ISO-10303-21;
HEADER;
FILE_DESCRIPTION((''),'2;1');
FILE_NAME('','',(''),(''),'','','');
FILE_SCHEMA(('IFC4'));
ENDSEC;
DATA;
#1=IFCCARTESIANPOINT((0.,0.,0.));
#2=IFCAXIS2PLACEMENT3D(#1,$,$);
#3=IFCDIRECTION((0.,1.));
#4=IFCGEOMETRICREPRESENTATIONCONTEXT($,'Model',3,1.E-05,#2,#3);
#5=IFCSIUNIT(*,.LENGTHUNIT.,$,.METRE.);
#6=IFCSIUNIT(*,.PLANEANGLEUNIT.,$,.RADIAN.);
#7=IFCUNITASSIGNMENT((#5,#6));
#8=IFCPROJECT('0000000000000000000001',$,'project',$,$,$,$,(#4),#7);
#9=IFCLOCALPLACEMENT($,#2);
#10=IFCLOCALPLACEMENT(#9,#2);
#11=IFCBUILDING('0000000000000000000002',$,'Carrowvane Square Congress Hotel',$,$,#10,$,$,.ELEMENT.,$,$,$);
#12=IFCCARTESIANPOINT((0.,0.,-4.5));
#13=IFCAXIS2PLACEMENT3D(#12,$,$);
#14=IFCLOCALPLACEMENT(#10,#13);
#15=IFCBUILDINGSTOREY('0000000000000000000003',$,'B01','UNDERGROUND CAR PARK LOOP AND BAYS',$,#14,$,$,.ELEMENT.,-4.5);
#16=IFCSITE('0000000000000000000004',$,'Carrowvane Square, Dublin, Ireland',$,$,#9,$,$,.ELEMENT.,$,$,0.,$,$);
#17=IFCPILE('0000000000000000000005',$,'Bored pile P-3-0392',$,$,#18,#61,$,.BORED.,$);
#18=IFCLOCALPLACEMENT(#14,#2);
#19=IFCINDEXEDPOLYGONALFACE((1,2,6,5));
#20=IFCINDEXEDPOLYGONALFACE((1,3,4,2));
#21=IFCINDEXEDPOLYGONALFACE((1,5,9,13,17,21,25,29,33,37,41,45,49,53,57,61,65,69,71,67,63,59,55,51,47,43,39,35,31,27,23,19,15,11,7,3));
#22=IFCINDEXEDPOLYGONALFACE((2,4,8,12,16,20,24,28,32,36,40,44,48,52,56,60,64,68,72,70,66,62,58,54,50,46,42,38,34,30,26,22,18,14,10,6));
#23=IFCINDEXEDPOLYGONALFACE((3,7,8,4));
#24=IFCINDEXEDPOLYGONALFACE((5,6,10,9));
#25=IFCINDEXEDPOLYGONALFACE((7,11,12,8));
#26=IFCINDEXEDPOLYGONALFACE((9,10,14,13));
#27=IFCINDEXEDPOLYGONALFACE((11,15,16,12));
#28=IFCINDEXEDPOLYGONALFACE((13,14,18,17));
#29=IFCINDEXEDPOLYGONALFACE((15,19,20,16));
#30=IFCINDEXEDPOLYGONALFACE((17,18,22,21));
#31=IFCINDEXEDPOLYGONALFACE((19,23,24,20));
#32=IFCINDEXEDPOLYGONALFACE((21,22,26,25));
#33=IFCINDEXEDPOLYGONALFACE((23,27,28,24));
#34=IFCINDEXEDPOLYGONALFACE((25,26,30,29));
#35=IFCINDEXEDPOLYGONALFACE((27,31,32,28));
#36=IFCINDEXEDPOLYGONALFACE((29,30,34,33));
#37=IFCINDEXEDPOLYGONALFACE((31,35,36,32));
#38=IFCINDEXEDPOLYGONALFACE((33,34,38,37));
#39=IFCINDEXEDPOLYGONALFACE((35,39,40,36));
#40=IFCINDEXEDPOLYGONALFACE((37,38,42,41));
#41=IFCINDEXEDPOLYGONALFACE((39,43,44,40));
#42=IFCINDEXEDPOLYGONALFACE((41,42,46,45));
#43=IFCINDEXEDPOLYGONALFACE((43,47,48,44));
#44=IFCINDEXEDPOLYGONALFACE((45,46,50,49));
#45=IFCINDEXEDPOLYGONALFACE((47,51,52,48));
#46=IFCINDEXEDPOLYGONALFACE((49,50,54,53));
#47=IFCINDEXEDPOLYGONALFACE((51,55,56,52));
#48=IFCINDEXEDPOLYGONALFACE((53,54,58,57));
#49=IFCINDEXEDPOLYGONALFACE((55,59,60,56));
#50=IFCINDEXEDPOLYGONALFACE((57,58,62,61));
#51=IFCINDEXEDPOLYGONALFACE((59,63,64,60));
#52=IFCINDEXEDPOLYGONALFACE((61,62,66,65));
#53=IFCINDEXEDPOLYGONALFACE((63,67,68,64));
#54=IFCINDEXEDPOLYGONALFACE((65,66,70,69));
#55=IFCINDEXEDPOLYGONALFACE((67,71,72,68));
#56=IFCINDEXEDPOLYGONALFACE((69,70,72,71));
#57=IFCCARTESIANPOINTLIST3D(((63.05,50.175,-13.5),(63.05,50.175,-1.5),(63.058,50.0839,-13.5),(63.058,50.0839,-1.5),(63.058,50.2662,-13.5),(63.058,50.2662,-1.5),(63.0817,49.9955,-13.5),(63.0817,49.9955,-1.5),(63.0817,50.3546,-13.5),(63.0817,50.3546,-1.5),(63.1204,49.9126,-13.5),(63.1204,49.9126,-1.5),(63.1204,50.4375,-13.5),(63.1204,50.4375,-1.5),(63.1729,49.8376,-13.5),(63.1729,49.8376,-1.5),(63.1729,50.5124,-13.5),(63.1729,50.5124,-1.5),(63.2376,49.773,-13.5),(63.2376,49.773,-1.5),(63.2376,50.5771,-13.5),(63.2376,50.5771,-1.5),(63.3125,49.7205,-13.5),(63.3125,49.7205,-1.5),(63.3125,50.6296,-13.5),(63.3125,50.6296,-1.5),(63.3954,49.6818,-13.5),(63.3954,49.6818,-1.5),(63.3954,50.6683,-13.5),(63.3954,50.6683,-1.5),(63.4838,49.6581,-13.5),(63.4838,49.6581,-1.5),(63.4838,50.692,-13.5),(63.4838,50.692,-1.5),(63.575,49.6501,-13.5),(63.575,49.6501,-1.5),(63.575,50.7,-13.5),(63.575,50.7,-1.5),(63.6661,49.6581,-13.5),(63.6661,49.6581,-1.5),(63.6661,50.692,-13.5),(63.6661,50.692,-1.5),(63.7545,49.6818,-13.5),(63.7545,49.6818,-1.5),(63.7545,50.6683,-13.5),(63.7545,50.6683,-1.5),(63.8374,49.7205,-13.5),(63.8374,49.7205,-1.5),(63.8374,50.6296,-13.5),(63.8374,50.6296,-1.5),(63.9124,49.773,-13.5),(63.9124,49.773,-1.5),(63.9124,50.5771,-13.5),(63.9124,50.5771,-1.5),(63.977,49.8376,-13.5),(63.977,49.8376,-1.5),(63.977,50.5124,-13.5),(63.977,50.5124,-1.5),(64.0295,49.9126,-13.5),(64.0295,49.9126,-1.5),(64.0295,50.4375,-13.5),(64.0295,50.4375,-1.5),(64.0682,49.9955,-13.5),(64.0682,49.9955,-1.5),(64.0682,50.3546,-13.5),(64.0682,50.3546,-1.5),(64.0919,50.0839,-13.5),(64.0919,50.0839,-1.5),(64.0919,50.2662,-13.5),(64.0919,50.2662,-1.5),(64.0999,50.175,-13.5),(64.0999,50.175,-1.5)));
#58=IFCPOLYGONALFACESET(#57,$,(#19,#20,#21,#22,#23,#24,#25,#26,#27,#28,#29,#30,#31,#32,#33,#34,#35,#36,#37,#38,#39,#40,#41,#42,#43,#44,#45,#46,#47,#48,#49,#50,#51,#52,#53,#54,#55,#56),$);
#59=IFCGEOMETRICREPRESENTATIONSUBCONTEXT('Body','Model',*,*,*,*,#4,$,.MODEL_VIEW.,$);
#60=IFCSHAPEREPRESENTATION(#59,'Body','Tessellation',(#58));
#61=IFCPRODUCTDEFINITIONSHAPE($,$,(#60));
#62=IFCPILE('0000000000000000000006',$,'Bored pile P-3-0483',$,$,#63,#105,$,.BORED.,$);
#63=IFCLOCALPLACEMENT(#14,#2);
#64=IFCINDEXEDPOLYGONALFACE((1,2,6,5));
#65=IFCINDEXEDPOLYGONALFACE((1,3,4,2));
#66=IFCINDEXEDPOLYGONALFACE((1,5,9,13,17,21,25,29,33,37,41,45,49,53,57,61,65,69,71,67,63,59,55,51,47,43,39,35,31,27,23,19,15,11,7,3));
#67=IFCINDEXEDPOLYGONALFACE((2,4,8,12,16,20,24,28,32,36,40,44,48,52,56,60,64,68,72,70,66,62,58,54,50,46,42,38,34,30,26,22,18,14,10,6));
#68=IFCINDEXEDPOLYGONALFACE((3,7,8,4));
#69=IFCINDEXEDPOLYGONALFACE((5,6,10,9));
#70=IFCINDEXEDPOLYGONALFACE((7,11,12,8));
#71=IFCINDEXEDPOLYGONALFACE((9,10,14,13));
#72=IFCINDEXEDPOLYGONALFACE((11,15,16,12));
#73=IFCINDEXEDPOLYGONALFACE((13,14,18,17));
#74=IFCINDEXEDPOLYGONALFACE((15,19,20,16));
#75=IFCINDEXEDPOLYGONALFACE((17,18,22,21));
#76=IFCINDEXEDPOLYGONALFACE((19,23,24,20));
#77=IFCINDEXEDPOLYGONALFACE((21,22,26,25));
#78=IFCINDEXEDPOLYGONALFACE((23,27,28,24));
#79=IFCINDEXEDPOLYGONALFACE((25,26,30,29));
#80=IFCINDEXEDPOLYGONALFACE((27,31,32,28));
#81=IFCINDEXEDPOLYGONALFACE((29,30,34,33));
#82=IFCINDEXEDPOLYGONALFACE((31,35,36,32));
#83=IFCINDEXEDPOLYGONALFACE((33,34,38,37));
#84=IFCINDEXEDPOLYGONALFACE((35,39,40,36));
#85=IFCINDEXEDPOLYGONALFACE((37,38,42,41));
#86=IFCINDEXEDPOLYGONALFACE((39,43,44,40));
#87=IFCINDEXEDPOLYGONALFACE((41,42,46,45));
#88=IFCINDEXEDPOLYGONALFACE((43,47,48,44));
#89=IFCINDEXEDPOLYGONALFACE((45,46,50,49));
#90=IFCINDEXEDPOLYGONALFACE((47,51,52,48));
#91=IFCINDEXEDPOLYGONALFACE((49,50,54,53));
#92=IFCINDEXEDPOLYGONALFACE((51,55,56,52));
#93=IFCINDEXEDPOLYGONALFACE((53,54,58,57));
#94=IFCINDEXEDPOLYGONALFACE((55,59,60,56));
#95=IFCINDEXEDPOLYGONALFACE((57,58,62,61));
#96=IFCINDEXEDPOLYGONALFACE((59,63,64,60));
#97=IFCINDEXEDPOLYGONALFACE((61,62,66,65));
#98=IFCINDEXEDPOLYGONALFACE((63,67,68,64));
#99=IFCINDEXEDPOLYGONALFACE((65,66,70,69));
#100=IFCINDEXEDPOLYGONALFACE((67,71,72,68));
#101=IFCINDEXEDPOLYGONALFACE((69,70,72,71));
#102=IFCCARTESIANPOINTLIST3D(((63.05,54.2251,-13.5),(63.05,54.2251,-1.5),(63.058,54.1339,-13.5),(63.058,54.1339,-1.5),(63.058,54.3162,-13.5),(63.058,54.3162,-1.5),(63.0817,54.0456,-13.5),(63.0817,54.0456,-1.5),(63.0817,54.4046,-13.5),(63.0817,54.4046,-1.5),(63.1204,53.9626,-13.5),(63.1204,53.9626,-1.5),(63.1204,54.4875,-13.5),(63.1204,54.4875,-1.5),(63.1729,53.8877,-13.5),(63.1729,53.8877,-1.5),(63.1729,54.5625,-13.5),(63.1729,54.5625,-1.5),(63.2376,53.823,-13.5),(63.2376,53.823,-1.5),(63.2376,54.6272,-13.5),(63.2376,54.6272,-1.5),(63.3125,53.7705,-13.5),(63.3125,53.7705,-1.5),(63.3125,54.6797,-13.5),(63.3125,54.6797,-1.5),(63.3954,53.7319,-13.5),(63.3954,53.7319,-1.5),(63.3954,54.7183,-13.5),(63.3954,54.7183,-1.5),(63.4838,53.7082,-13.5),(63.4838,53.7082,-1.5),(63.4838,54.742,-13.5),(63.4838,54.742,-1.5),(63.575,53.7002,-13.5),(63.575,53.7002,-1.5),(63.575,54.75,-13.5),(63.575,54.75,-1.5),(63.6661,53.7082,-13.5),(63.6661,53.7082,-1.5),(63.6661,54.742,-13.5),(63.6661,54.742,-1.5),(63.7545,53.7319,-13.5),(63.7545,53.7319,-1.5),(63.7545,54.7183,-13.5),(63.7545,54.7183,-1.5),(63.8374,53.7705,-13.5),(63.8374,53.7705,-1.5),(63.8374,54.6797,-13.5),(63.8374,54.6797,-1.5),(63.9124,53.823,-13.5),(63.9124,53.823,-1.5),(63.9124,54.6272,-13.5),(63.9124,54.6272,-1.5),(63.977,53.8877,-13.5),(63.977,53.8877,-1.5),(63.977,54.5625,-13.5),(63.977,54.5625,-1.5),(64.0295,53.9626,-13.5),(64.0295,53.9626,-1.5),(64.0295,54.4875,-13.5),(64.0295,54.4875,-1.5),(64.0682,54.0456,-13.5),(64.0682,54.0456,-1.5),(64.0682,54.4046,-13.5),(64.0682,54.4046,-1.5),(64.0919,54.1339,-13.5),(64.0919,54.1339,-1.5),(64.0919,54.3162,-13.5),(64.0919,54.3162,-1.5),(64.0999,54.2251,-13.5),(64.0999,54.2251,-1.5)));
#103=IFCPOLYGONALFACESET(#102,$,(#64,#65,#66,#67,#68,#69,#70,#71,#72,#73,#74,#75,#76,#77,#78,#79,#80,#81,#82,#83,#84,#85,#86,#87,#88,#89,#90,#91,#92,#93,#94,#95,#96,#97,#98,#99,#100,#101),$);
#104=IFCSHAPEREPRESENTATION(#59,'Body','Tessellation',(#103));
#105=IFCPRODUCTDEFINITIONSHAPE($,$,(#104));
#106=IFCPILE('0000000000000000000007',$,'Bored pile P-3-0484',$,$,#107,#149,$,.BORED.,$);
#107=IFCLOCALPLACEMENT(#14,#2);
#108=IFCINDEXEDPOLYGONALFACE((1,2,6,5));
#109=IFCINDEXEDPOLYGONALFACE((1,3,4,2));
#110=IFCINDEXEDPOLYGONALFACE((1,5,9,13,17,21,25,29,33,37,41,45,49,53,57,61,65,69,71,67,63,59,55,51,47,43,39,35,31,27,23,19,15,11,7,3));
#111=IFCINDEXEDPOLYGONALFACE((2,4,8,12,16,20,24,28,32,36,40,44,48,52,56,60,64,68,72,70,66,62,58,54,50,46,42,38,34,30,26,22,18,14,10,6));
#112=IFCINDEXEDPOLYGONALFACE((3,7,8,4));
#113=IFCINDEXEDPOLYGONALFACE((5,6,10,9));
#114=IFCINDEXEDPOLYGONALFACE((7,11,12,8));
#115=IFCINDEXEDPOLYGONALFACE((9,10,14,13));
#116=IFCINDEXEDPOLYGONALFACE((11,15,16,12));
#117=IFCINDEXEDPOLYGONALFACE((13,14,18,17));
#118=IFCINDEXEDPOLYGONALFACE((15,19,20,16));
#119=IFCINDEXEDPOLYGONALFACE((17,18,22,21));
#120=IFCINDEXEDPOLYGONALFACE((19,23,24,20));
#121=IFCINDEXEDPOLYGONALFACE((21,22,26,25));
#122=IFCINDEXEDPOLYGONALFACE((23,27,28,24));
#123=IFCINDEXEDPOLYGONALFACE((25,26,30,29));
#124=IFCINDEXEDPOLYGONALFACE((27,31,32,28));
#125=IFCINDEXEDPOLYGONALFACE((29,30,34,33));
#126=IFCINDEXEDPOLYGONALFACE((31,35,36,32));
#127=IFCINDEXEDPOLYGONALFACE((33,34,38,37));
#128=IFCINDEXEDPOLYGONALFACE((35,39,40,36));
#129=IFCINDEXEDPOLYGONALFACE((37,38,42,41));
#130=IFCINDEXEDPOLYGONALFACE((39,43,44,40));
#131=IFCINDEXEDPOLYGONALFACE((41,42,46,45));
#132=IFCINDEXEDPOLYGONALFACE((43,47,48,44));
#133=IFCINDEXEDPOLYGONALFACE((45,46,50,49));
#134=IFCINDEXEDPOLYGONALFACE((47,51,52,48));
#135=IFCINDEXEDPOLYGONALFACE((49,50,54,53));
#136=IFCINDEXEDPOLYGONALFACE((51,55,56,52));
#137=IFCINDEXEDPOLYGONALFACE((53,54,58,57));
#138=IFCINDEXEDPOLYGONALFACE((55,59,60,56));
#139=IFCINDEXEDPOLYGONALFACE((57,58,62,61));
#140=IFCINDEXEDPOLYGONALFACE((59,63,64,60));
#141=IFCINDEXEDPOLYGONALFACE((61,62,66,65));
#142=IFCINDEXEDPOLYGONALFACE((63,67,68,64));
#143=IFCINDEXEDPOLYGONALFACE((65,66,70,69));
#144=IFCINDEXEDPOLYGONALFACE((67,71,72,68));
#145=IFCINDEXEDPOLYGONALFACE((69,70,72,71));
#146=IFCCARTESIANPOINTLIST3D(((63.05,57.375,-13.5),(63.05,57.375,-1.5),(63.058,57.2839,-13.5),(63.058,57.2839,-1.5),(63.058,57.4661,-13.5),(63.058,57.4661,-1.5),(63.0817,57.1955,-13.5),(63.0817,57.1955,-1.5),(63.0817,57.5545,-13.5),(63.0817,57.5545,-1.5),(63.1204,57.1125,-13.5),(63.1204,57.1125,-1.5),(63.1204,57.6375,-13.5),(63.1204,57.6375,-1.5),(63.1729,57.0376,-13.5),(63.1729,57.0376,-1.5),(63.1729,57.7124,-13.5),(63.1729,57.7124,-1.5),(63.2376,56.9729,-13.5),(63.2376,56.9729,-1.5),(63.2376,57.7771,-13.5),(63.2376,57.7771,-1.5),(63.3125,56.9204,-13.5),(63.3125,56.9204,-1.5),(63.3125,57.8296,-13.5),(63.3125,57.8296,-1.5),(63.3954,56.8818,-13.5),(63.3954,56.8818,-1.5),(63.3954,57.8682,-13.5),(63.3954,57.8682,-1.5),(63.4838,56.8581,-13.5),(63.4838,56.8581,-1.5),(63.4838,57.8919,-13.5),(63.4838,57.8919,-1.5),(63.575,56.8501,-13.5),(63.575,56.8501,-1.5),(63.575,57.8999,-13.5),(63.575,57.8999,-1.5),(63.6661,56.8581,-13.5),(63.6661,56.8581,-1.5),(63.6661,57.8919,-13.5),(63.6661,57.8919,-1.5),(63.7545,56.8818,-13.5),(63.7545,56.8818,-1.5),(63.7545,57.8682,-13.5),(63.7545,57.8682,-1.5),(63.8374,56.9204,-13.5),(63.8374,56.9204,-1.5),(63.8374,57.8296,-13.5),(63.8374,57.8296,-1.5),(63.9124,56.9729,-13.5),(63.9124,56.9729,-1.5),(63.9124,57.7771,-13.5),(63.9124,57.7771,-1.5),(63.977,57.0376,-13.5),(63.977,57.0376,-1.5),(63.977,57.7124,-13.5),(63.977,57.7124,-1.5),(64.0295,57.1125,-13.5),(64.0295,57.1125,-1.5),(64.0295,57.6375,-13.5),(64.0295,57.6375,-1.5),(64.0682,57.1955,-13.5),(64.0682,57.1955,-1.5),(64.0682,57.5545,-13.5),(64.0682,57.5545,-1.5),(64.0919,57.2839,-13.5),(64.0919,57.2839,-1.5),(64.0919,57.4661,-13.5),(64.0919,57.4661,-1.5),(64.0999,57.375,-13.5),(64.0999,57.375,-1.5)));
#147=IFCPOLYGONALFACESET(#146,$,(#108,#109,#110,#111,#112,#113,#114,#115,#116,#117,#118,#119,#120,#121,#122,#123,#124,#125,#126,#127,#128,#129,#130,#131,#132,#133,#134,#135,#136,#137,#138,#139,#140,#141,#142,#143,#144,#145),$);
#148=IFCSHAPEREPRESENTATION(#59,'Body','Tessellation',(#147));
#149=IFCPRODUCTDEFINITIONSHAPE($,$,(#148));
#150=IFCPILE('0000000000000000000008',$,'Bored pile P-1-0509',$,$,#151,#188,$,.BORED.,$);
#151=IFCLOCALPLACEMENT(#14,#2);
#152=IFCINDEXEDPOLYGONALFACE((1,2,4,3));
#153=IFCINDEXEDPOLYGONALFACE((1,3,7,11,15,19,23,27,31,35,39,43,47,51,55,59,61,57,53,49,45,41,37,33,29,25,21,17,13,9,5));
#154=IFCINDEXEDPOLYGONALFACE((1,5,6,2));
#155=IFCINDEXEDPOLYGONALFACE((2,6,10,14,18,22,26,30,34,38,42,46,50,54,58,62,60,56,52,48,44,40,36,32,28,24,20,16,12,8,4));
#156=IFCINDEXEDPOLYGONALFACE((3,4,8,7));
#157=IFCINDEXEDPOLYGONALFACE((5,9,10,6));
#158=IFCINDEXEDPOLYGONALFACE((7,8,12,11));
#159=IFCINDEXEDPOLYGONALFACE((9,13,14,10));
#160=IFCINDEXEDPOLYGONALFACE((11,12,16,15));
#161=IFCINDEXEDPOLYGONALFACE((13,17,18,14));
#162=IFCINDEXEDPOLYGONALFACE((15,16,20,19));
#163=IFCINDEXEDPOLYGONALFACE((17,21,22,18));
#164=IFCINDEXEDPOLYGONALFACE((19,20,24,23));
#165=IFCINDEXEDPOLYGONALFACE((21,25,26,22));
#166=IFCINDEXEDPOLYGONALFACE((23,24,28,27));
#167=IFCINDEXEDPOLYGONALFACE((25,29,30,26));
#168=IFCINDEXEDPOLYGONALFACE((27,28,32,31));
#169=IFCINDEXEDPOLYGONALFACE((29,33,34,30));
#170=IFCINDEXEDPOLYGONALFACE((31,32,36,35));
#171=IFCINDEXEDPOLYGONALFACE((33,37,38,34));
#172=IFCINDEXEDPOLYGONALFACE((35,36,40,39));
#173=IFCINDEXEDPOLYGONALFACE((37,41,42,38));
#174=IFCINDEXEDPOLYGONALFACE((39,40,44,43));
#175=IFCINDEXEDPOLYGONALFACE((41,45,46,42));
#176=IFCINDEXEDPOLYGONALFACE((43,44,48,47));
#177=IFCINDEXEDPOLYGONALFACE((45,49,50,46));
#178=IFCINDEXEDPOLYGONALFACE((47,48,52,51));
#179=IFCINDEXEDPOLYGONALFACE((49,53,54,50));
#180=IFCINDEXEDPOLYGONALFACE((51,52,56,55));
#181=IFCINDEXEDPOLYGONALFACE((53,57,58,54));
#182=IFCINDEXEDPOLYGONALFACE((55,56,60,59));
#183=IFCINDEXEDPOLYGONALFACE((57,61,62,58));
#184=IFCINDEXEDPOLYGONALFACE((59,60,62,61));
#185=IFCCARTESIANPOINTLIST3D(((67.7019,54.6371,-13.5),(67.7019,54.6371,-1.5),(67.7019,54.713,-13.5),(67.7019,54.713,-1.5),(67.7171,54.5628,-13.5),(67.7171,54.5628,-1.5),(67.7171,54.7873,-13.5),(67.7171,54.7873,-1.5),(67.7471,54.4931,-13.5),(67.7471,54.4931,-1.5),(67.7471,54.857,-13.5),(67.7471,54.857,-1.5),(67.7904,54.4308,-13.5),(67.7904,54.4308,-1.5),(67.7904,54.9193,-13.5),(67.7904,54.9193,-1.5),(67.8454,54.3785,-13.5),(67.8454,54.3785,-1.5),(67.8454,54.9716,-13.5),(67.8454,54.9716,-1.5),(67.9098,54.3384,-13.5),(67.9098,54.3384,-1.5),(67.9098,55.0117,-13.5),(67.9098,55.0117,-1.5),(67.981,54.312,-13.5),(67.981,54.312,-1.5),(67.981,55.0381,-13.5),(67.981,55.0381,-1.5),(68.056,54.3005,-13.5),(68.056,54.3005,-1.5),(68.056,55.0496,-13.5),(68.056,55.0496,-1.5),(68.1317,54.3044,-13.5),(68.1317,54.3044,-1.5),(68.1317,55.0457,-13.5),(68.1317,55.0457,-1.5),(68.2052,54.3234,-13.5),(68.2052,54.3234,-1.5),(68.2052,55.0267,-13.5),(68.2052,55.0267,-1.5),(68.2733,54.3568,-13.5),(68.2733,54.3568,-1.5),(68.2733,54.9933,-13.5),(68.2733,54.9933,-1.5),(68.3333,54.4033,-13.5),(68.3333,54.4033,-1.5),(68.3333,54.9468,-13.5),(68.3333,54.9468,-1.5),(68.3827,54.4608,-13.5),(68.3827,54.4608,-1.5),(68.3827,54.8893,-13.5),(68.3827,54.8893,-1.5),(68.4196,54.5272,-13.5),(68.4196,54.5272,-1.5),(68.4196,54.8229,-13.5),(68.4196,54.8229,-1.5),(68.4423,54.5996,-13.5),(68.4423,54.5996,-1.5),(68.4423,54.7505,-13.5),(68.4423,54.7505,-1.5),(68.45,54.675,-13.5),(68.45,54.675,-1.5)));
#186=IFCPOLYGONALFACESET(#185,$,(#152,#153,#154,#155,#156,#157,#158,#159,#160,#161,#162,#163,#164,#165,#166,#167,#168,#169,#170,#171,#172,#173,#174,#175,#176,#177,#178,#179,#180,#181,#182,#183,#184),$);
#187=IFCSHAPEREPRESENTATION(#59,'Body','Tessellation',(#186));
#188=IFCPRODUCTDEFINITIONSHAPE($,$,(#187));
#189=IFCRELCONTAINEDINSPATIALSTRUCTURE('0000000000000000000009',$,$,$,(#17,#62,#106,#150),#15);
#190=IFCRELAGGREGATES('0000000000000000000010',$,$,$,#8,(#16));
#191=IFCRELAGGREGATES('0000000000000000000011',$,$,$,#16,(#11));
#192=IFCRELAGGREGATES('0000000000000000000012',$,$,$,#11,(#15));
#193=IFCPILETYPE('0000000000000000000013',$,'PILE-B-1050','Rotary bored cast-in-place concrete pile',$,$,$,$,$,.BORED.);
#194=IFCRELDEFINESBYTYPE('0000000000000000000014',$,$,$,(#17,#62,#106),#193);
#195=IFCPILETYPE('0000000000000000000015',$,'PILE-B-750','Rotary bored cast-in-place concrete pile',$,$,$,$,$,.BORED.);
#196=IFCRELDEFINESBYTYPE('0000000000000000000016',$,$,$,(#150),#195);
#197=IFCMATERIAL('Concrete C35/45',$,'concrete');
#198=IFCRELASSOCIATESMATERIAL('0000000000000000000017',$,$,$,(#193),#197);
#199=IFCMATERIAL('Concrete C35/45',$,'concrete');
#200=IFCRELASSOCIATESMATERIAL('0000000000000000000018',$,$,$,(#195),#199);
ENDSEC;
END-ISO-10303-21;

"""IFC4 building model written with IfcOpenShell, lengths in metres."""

from ifc_helpers import new_model, si_unit, direction, frame, origin, origin_2d, place, context, subcontext, project, spatial, circle, extrude, material, material_profile, profile_set, type_object, element, save


model = new_model("IFC4")

# Units and contexts
model_context = context("Model", 3, precision=1e-05, world=origin(), true_north=direction((0.0, 1.0)))
body_context = subcontext(model_context, "Body", "Model", "MODEL_VIEW")
ifc_project = project(units=[si_unit("LENGTHUNIT", "METRE"), si_unit("PLANEANGLEUNIT", "RADIAN")], contexts=[model_context])

# Site, building, storey
site_placement = place(None, origin())
site = spatial("IfcSite", under=ifc_project, at=site_placement, Name="Carrowvane Square, Dublin, Ireland", CompositionType="ELEMENT", RefElevation=0.0)
building_placement = place(site_placement, origin())
building = spatial("IfcBuilding", under=site, at=building_placement, Name="Carrowvane Square Congress Hotel", CompositionType="ELEMENT")
storey_placement = place(building_placement, frame((0.0, 0.0, -4.5)))
storey = spatial("IfcBuildingStorey", under=building, at=storey_placement, Name="B01", Description="UNDERGROUND CAR PARK LOOP AND BAYS", CompositionType="ELEMENT", Elevation=-4.5)

# Piles
ifc_material_1 = material(Name="Concrete C35/45", Category="concrete")
ifc_material_profile_1 = material_profile(ifc_material_1, circle(Radius=0.5249, at=origin_2d()), Name="PILE D1050")
ifc_profile_set_1 = profile_set([ifc_material_profile_1], Name="Concrete C35/45")
pile_type_1 = type_object("IfcPileType", Name="PILE-B-1050", Description="Rotary bored cast-in-place concrete pile", PredefinedType="BORED", material=ifc_profile_set_1)
for number, where, z_axis, x_axis, name in (
    (1, (63.575, 50.175, -1.5), (0.0, 0.0, -1.0), (1.0, 0.0, 0.0), "Bored pile P-3-0392"),
    (2, (63.575, 54.2251, -1.5), (0.0, 0.0, -1.0), (1.0, 0.0, 0.0), "Bored pile P-3-0483"),
    (3, (63.575, 57.375, -1.5), (0.0, 0.0, -1.0), (1.0, 0.0, 0.0), "Bored pile P-3-0484"),
):
    element("IfcPile", number, at=place(storey_placement, frame(where, z_axis=z_axis, x_axis=x_axis)), inside=storey, type_object=pile_type_1, Name=name, PredefinedType="BORED", context=body_context, shape_type="SweptSolid", body=[
        extrude(circle(Radius=0.5249, at=origin_2d()), origin(), (0.0, 0.0, 1.0), 12.0),
    ])
ifc_material_2 = material(Name="Concrete C35/45", Category="concrete")
ifc_material_profile_2 = material_profile(ifc_material_2, circle(Radius=0.375, at=origin_2d()), Name="PILE D750")
ifc_profile_set_2 = profile_set([ifc_material_profile_2], Name="Concrete C35/45")
pile_type_2 = type_object("IfcPileType", Name="PILE-B-750", Description="Rotary bored cast-in-place concrete pile", PredefinedType="BORED", material=ifc_profile_set_2)
for number, where, z_axis, x_axis, name in (
    (4, (68.075, 54.675, -1.5), (0.0, 0.0, -1.0), (1.0, 0.0, 0.0), "Bored pile P-1-0509"),
):
    element("IfcPile", number, at=place(storey_placement, frame(where, z_axis=z_axis, x_axis=x_axis)), inside=storey, type_object=pile_type_2, Name=name, PredefinedType="BORED", context=body_context, shape_type="SweptSolid", body=[
        extrude(circle(Radius=0.375, at=origin_2d()), origin(), (0.0, 0.0, 1.0), 12.0),
    ])

save(model, "model.ifc")
